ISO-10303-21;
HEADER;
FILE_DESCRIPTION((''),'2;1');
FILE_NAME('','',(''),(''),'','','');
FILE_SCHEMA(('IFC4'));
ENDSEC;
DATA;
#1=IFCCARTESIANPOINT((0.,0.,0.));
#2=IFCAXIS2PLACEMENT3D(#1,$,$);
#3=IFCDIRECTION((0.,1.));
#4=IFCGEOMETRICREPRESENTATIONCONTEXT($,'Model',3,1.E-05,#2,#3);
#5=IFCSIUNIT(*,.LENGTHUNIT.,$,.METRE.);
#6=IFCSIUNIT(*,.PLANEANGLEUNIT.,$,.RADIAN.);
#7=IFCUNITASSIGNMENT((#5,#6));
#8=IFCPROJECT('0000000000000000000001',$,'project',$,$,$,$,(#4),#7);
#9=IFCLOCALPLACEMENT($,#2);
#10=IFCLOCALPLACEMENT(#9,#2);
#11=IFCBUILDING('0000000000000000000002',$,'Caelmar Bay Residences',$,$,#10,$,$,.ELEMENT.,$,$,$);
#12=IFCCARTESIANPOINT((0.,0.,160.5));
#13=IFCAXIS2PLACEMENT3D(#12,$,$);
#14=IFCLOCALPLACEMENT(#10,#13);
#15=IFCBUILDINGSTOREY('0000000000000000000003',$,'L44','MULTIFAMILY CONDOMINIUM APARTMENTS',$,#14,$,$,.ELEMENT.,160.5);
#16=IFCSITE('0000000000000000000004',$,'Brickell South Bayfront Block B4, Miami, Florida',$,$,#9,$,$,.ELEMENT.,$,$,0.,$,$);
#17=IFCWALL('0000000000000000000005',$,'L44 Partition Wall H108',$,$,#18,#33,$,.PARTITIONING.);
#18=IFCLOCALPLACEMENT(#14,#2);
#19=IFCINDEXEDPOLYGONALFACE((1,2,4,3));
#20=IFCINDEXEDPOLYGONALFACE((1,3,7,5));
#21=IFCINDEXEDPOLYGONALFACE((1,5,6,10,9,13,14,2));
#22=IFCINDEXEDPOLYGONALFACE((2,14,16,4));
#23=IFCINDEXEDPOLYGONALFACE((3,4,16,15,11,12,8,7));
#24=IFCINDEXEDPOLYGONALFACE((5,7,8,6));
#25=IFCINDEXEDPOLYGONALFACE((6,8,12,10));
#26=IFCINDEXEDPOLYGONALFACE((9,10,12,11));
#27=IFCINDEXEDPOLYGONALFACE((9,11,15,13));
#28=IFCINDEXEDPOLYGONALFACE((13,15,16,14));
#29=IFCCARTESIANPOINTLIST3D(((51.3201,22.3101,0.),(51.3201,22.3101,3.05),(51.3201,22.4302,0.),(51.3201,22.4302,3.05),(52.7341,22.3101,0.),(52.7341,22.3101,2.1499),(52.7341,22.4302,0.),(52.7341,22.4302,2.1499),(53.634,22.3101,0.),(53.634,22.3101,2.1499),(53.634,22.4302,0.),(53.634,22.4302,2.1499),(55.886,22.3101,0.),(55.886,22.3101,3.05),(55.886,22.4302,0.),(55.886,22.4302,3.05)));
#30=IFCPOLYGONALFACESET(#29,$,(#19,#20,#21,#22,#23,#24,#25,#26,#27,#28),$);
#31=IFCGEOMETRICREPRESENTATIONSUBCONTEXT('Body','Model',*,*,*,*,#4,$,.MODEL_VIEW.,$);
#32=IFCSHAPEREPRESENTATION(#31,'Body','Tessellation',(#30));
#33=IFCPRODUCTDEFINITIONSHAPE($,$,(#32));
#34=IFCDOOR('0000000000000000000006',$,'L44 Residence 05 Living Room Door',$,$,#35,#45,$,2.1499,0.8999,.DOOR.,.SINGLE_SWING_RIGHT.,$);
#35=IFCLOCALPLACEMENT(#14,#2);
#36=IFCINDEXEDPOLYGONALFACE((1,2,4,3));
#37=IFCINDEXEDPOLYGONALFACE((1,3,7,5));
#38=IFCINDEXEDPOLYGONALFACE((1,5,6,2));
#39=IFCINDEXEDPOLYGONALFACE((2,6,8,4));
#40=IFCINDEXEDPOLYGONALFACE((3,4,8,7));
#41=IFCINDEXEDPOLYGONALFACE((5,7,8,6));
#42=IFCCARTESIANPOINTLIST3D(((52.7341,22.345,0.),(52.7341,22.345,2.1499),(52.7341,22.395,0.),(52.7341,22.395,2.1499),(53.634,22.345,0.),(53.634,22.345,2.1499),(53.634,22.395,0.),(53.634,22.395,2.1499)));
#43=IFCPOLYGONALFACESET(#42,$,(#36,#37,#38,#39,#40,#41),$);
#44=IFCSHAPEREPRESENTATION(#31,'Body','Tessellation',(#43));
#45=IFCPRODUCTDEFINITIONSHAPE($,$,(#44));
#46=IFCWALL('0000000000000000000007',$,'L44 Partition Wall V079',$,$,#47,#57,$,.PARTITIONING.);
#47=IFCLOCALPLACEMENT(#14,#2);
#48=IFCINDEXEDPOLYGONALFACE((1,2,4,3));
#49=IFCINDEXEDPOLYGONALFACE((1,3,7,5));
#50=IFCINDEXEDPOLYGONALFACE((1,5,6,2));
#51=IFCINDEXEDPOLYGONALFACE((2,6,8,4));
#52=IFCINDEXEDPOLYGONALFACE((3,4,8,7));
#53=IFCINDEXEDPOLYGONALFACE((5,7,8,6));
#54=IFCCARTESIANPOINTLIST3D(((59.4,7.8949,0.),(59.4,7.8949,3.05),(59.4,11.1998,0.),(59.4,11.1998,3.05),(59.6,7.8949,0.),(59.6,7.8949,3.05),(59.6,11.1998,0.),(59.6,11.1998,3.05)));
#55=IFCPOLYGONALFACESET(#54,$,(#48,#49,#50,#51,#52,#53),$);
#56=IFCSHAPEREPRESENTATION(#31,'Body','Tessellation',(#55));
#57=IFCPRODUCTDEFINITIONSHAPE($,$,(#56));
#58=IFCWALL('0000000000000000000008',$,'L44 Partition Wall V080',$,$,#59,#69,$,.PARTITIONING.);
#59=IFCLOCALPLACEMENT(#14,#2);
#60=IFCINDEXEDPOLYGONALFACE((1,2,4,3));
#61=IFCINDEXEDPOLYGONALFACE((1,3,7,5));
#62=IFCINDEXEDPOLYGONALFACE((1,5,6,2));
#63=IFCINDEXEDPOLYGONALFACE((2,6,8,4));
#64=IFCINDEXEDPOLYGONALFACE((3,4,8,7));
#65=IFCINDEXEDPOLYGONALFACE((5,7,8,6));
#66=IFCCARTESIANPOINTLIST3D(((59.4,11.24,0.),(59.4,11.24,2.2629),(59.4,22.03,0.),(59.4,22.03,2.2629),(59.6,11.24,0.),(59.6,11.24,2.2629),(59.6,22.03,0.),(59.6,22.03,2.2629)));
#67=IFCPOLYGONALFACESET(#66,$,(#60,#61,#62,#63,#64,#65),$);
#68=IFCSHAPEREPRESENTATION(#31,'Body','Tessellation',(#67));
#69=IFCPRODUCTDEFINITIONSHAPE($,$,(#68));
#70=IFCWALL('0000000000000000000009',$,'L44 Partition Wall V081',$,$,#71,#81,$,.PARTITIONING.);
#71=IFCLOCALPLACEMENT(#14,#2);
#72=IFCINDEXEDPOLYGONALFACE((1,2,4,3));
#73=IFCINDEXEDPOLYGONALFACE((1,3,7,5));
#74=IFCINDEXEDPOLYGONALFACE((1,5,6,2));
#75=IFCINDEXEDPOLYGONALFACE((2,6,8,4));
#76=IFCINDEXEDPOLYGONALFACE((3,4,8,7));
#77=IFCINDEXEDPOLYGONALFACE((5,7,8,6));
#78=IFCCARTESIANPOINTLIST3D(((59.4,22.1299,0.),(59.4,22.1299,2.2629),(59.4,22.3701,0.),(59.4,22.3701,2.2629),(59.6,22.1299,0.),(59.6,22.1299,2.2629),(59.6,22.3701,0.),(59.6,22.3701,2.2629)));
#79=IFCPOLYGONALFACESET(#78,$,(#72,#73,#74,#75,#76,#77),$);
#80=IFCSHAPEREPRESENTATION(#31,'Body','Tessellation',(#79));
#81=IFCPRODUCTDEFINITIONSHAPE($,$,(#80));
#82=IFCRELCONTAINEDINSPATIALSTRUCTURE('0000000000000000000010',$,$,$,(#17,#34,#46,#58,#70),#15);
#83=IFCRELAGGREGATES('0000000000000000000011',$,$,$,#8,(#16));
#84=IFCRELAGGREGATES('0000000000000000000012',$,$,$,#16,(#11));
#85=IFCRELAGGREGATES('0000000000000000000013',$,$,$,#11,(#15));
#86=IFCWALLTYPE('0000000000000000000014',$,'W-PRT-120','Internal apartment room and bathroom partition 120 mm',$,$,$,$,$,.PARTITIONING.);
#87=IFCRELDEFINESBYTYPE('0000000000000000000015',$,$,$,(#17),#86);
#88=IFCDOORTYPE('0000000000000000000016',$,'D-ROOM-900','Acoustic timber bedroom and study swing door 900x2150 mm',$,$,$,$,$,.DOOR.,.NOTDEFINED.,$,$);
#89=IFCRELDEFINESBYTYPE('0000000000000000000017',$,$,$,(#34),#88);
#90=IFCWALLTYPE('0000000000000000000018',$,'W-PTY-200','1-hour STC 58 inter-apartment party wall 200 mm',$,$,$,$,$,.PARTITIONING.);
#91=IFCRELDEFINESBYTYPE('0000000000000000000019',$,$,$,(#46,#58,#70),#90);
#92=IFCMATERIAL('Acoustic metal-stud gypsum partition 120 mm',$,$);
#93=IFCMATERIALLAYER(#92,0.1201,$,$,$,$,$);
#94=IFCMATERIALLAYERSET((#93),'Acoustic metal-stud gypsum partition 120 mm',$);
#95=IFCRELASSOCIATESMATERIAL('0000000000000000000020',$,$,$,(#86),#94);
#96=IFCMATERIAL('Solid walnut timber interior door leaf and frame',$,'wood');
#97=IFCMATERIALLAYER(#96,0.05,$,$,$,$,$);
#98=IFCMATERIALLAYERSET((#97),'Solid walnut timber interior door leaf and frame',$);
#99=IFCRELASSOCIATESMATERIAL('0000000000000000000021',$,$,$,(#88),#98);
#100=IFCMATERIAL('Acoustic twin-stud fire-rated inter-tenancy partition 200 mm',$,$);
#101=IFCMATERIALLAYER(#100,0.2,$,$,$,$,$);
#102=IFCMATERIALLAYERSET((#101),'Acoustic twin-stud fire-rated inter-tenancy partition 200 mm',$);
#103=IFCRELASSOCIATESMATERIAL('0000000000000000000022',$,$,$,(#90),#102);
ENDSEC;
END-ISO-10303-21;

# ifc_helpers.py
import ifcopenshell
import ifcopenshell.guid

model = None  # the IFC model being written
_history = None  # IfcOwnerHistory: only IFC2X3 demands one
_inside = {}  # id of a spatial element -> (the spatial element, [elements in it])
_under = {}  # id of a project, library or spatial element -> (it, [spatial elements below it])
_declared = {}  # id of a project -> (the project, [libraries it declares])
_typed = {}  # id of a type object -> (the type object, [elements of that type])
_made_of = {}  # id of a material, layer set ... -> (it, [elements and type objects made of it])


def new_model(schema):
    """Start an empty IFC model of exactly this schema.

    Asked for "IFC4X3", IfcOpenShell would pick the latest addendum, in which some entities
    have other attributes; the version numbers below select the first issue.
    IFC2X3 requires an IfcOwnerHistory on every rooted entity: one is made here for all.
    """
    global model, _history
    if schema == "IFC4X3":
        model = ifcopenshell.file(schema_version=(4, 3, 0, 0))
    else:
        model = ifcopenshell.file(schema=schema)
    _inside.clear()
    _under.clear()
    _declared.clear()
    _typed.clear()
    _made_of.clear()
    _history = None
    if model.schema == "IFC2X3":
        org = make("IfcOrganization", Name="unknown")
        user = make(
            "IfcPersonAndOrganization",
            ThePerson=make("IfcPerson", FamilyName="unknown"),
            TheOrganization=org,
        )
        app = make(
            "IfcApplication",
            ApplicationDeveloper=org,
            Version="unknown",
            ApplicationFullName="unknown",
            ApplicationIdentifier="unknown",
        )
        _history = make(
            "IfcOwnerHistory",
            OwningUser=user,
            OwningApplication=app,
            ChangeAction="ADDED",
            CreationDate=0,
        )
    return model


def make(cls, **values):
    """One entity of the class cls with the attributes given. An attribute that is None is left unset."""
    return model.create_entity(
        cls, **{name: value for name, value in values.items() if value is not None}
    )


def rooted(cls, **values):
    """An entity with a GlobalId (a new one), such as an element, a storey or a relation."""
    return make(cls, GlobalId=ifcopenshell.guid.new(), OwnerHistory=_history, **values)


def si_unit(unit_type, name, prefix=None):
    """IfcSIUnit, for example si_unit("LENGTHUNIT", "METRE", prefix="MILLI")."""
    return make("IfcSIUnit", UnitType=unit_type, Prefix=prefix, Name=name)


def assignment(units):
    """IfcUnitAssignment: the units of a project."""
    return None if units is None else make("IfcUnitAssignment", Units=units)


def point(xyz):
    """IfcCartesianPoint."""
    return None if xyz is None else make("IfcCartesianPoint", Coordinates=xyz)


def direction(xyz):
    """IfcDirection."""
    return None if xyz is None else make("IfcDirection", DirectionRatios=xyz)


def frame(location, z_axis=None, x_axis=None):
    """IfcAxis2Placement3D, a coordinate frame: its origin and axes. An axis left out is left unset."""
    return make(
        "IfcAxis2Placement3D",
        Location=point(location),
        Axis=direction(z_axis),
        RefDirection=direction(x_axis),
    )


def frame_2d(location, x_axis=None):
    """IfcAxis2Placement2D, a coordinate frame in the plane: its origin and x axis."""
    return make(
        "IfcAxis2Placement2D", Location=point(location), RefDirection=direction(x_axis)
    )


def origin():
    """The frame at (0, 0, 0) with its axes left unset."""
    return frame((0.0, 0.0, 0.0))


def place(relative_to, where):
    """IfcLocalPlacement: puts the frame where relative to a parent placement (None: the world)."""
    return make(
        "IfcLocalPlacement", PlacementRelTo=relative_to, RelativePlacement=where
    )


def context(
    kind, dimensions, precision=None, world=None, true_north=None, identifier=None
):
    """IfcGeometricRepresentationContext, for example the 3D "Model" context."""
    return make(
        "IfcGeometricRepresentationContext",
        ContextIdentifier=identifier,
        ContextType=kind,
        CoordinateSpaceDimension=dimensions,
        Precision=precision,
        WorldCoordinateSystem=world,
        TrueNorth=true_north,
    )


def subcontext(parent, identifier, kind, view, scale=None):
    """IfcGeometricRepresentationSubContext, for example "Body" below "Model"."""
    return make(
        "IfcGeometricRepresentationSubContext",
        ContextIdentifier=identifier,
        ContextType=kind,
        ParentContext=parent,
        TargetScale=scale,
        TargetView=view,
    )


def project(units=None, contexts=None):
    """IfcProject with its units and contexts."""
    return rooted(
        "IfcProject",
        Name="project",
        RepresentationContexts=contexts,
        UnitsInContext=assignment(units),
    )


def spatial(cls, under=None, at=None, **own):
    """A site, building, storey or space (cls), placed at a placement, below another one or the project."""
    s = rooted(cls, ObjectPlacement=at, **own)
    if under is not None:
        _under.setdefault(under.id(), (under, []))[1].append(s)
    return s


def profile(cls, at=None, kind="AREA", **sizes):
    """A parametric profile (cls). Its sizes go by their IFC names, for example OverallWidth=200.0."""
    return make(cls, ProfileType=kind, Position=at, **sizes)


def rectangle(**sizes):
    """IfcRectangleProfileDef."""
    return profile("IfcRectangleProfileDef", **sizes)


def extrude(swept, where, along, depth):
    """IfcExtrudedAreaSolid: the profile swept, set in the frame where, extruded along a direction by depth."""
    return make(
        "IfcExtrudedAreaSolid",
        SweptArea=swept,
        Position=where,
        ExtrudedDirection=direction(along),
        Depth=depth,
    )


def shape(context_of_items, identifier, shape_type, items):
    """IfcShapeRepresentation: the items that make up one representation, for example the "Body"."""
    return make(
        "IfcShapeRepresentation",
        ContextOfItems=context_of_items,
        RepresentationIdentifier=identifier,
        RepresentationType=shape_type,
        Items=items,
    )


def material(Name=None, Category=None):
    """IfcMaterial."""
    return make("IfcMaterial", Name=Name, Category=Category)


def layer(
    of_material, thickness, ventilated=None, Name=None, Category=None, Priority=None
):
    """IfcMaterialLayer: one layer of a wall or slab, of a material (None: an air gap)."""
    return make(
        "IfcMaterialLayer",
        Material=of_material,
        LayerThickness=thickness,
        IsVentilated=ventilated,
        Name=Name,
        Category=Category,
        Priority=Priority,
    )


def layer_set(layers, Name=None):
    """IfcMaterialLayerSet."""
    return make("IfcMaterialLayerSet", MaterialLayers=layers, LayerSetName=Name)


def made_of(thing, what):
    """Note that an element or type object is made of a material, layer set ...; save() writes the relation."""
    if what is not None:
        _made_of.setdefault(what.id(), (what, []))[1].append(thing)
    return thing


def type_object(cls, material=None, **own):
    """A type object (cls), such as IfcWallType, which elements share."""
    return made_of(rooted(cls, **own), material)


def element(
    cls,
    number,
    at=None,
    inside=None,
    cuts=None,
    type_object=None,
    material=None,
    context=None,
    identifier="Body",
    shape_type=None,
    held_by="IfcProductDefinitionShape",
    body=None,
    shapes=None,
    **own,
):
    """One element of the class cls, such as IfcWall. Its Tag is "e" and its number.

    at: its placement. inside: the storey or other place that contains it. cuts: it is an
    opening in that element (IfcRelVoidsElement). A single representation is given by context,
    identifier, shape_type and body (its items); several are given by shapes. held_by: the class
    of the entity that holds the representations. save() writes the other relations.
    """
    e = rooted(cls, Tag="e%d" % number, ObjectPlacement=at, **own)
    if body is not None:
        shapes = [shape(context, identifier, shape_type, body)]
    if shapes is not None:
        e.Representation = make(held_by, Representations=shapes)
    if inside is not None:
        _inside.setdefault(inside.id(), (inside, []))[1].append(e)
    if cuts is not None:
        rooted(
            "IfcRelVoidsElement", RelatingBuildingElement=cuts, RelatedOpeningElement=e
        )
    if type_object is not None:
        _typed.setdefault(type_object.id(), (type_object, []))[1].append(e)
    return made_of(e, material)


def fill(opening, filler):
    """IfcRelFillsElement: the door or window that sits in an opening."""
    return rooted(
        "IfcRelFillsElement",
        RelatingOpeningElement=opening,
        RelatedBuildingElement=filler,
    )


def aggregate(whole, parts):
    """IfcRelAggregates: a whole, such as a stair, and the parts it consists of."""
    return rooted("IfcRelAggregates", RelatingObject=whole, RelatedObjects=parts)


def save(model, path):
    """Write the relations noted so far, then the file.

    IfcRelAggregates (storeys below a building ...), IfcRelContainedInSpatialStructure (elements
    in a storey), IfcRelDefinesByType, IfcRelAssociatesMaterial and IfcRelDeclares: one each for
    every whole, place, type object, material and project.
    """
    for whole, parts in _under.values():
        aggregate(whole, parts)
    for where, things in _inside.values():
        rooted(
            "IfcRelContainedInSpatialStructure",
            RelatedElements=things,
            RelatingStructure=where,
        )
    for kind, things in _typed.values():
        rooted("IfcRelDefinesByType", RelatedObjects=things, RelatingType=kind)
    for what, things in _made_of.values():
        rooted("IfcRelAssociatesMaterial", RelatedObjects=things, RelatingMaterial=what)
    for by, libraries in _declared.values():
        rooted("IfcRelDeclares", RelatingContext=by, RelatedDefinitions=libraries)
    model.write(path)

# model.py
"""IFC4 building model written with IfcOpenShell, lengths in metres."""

from ifc_helpers import new_model, si_unit, direction, frame, frame_2d, origin, place, context, subcontext, project, spatial, rectangle, extrude, material, layer, layer_set, type_object, element, fill, save


model = new_model("IFC4")

# Units and contexts
model_context = context("Model", 3, precision=1e-05, world=origin(), true_north=direction((0.0, 1.0)))
body_context = subcontext(model_context, "Body", "Model", "MODEL_VIEW")
ifc_project = project(units=[si_unit("LENGTHUNIT", "METRE"), si_unit("PLANEANGLEUNIT", "RADIAN")], contexts=[model_context])

# Site, building, storey
site_placement = place(None, origin())
site = spatial("IfcSite", under=ifc_project, at=site_placement, Name="Brickell South Bayfront Block B4, Miami, Florida", CompositionType="ELEMENT", RefElevation=0.0)
building_placement = place(site_placement, origin())
building = spatial("IfcBuilding", under=site, at=building_placement, Name="Caelmar Bay Residences", CompositionType="ELEMENT")
storey_placement = place(building_placement, frame((0.0, 0.0, 160.5)))
storey = spatial("IfcBuildingStorey", under=building, at=storey_placement, Name="L44", Description="MULTIFAMILY CONDOMINIUM APARTMENTS", CompositionType="ELEMENT", Elevation=160.5)

# Shared definitions
ifc_material_1 = material(Name="Acoustic metal-stud gypsum partition 120 mm")
ifc_layer_1 = layer(ifc_material_1, 0.1201)
ifc_layer_set_1 = layer_set([ifc_layer_1], Name="Acoustic metal-stud gypsum partition 120 mm")
wall_type_1 = type_object("IfcWallType", Name="W-PRT-120", Description="Internal apartment room and bathroom partition 120 mm", PredefinedType="PARTITIONING", material=ifc_layer_set_1)

# Shared definitions
ifc_material_2 = material(Name="Solid walnut timber interior door leaf and frame", Category="wood")
ifc_layer_2 = layer(ifc_material_2, 0.05)
ifc_layer_set_2 = layer_set([ifc_layer_2], Name="Solid walnut timber interior door leaf and frame")
door_type = type_object("IfcDoorType", Name="D-ROOM-900", Description="Acoustic timber bedroom and study swing door 900x2150 mm", OperationType="NOTDEFINED", PredefinedType="DOOR", material=ifc_layer_set_2)

# Wall, opening, door
wall_1_placement = place(storey_placement, frame((51.3201, 22.3701, 0.0), z_axis=(0.0, 0.0, 1.0), x_axis=(1.0, 0.0, 0.0)))
wall_1 = element("IfcWall", 1, at=wall_1_placement, inside=storey, type_object=wall_type_1, Name="L44 Partition Wall H108", PredefinedType="PARTITIONING", context=body_context, shape_type="SweptSolid", body=[
    extrude(rectangle(XDim=4.5659, YDim=0.1201, at=frame_2d((2.283, 0.0))), origin(), (0.0, 0.0, 1.0), 3.05),
])
opening_1_placement = place(wall_1_placement, frame((1.4141, 0.0, 0.0)))
opening_1 = element("IfcOpeningElement", 2, at=opening_1_placement, cuts=wall_1, PredefinedType="OPENING", context=body_context, shape_type="SweptSolid", body=[
    extrude(rectangle(XDim=0.8999, YDim=2.1499, at=frame_2d((0.45, 1.075))), frame((0.0, 0.0701, 0.0), z_axis=(0.0, -1.0, 0.0), x_axis=(1.0, 0.0, 0.0)), (0.0, 0.0, 1.0), 0.1401),
])
door_1_placement = place(opening_1_placement, origin())
door_1 = element("IfcDoor", 3, at=door_1_placement, inside=storey, type_object=door_type, Name="L44 Residence 05 Living Room Door", OperationType="SINGLE_SWING_RIGHT", OverallHeight=2.1499, OverallWidth=0.8999, PredefinedType="DOOR", context=body_context, shape_type="SweptSolid", body=[
    extrude(rectangle(XDim=0.8999, YDim=2.1499, at=frame_2d((0.45, 1.075))), frame((0.0, 0.0249, 0.0), z_axis=(0.0, -1.0, 0.0), x_axis=(1.0, 0.0, 0.0)), (0.0, 0.0, 1.0), 0.05),
])
fill(opening_1, door_1)

# Walls
ifc_material_3 = material(Name="Acoustic twin-stud fire-rated inter-tenancy partition 200 mm")
ifc_layer_3 = layer(ifc_material_3, 0.2)
ifc_layer_set_3 = layer_set([ifc_layer_3], Name="Acoustic twin-stud fire-rated inter-tenancy partition 200 mm")
wall_type_2 = type_object("IfcWallType", Name="W-PTY-200", Description="1-hour STC 58 inter-apartment party wall 200 mm", PredefinedType="PARTITIONING", material=ifc_layer_set_3)
wall_2_placement = place(storey_placement, frame((59.5, 7.895, 0.0), z_axis=(0.0, 0.0, 1.0), x_axis=(0.0, 1.0, 0.0)))
element("IfcWall", 4, at=wall_2_placement, inside=storey, type_object=wall_type_2, Name="L44 Partition Wall V079", PredefinedType="PARTITIONING", context=body_context, shape_type="SweptSolid", body=[
    extrude(rectangle(XDim=3.3049, YDim=0.2, at=frame_2d((1.6523, 0.0))), origin(), (0.0, 0.0, 1.0), 3.05),
])
wall_3_placement = place(storey_placement, frame((59.5, 11.24, 0.0), z_axis=(0.0, 0.0, 1.0), x_axis=(0.0, 1.0, 0.0)))
element("IfcWall", 5, at=wall_3_placement, inside=storey, type_object=wall_type_2, Name="L44 Partition Wall V080", PredefinedType="PARTITIONING", context=body_context, shape_type="SweptSolid", body=[
    extrude(rectangle(XDim=10.79, YDim=0.2, at=frame_2d((5.395, 0.0))), origin(), (0.0, 0.0, 1.0), 2.2629),
])
wall_4_placement = place(storey_placement, frame((59.5, 22.1299, 0.0), z_axis=(0.0, 0.0, 1.0), x_axis=(0.0, 1.0, 0.0)))
element("IfcWall", 6, at=wall_4_placement, inside=storey, type_object=wall_type_2, Name="L44 Partition Wall V081", PredefinedType="PARTITIONING", context=body_context, shape_type="SweptSolid", body=[
    extrude(rectangle(XDim=0.2402, YDim=0.2, at=frame_2d((0.1201, 0.0))), origin(), (0.0, 0.0, 1.0), 2.2629),
])

save(model, "model.ifc")
